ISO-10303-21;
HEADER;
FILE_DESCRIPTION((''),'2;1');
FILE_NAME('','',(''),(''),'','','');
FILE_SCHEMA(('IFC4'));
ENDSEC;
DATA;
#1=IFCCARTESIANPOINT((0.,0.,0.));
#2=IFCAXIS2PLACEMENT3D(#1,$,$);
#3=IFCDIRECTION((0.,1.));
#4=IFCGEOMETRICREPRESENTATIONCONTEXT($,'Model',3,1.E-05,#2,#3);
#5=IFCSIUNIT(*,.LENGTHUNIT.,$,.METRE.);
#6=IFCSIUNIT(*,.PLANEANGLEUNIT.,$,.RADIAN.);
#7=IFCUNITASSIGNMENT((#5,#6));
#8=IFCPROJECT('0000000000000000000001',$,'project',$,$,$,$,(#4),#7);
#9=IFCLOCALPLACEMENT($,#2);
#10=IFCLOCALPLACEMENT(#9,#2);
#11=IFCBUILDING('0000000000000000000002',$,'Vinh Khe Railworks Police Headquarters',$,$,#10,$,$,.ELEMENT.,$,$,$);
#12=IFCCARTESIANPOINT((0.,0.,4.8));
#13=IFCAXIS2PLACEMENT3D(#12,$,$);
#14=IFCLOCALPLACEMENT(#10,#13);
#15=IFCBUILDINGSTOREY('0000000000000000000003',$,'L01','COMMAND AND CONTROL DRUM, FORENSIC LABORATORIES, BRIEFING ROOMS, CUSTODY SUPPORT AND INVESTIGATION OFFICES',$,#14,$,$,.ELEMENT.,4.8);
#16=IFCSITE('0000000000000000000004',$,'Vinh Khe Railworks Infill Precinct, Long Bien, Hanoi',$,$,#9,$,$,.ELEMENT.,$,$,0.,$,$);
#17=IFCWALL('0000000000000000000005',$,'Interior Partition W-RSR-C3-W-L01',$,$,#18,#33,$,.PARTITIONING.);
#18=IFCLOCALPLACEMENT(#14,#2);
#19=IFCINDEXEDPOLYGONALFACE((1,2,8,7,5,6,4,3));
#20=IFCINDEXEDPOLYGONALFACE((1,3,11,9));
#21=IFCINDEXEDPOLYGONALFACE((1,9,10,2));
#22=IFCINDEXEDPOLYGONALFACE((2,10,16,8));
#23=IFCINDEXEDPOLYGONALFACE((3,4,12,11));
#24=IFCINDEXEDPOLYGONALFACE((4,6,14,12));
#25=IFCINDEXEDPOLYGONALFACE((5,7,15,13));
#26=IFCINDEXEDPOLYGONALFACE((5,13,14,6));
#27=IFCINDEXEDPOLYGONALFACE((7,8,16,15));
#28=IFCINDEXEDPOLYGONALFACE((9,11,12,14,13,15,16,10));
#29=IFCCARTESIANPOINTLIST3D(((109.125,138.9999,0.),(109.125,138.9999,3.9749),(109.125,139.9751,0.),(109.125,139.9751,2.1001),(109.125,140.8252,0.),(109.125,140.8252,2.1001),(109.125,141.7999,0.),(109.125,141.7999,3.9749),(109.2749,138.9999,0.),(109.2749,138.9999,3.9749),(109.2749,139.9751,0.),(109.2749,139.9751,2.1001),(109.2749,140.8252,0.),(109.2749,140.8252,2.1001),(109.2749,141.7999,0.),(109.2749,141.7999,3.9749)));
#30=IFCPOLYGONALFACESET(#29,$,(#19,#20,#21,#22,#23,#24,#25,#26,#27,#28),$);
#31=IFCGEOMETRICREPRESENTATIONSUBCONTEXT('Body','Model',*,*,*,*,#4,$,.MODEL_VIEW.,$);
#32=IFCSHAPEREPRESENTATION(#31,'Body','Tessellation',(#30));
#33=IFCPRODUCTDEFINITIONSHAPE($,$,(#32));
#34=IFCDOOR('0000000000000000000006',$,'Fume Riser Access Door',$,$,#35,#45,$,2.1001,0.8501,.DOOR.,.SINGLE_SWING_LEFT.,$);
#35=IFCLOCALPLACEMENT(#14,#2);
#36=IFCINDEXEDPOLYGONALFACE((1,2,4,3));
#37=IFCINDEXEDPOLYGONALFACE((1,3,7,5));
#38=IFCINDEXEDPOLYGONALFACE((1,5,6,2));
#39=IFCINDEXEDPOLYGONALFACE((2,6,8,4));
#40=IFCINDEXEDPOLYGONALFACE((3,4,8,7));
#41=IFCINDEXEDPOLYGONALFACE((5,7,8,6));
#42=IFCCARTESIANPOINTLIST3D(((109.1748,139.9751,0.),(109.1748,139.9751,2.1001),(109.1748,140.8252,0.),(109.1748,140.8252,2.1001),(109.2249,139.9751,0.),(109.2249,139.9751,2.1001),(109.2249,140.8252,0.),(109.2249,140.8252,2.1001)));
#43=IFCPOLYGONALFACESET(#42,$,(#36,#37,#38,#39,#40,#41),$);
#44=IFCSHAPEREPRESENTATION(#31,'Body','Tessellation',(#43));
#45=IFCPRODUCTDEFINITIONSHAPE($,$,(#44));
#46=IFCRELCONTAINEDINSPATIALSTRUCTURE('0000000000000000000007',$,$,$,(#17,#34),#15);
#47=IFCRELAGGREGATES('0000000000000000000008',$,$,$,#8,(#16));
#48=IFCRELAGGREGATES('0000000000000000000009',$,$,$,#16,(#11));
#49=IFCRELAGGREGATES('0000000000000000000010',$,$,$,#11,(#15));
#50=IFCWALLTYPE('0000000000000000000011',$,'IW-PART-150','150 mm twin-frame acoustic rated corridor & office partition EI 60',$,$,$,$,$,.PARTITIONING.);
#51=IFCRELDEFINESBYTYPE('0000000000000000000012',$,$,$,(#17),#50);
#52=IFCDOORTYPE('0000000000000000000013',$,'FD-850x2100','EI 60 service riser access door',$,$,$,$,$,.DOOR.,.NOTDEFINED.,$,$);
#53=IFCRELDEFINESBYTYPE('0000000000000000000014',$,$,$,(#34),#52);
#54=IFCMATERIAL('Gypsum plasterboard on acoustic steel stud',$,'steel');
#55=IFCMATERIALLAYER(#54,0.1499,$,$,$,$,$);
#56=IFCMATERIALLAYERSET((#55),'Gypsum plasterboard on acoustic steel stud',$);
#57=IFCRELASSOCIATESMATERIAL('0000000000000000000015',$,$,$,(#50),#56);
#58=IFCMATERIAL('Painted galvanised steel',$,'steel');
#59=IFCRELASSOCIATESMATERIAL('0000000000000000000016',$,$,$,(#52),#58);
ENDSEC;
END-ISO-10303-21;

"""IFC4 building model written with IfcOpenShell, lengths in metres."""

from ifc_helpers import new_model, si_unit, direction, frame, frame_2d, origin, place, context, subcontext, project, spatial, rectangle, extrude, material, layer, layer_set, type_object, element, fill, save


model = new_model("IFC4")

# Units and contexts
model_context = context("Model", 3, precision=1e-05, world=origin(), true_north=direction((0.0, 1.0)))
body_context = subcontext(model_context, "Body", "Model", "MODEL_VIEW")
ifc_project = project(units=[si_unit("LENGTHUNIT", "METRE"), si_unit("PLANEANGLEUNIT", "RADIAN")], contexts=[model_context])

# Site, building, storey
site_placement = place(None, origin())
site = spatial("IfcSite", under=ifc_project, at=site_placement, Name="Vinh Khe Railworks Infill Precinct, Long Bien, Hanoi", CompositionType="ELEMENT", RefElevation=0.0)
building_placement = place(site_placement, origin())
building = spatial("IfcBuilding", under=site, at=building_placement, Name="Vinh Khe Railworks Police Headquarters", CompositionType="ELEMENT")
storey_placement = place(building_placement, frame((0.0, 0.0, 4.8)))
storey = spatial("IfcBuildingStorey", under=building, at=storey_placement, Name="L01", Description="COMMAND AND CONTROL DRUM, FORENSIC LABORATORIES, BRIEFING ROOMS, CUSTODY SUPPORT AND INVESTIGATION OFFICES", CompositionType="ELEMENT", Elevation=4.8)

# Shared definitions
ifc_material_1 = material(Name="Painted galvanised steel", Category="steel")

# Shared definitions
ifc_material_2 = material(Name="Gypsum plasterboard on acoustic steel stud", Category="steel")
ifc_layer_1 = layer(ifc_material_2, 0.1499)
ifc_layer_set_1 = layer_set([ifc_layer_1], Name="Gypsum plasterboard on acoustic steel stud")
wall_type_1 = type_object("IfcWallType", Name="IW-PART-150", Description="150 mm twin-frame acoustic rated corridor & office partition EI 60", PredefinedType="PARTITIONING", material=ifc_layer_set_1)

# Wall, opening, door
wall_1_placement = place(storey_placement, frame((109.2, 139.0, 0.0), z_axis=(0.0, 0.0, 1.0), x_axis=(0.0, 1.0, 0.0)))
wall_1 = element("IfcWall", 1, at=wall_1_placement, inside=storey, type_object=wall_type_1, Name="Interior Partition W-RSR-C3-W-L01", PredefinedType="PARTITIONING", context=body_context, shape_type="SweptSolid", body=[
    extrude(rectangle(XDim=2.8, YDim=0.1499, at=frame_2d((1.3999, 0.0))), origin(), (0.0, 0.0, 1.0), 3.9749),
])
opening_1_placement = place(wall_1_placement, frame((0.9751, 0.0, 0.0)))
opening_1 = element("IfcOpeningElement", 2, at=opening_1_placement, cuts=wall_1, PredefinedType="OPENING", context=body_context, shape_type="SweptSolid", body=[
    extrude(rectangle(XDim=0.8501, YDim=2.1001, at=frame_2d((0.425, 1.05))), frame((0.0, 0.0898, 0.0), z_axis=(0.0, -1.0, 0.0), x_axis=(1.0, 0.0, 0.0)), (0.0, 0.0, 1.0), 0.1797),
])
door_type_1 = type_object("IfcDoorType", Name="FD-850x2100", Description="EI 60 service riser access door", OperationType="NOTDEFINED", PredefinedType="DOOR", material=ifc_material_1)
door_1_placement = place(opening_1_placement, frame((0.8501, 0.0, 0.0), z_axis=(0.0, 0.0, 1.0), x_axis=(-1.0, 0.0, 0.0)))
door_1 = element("IfcDoor", 3, at=door_1_placement, inside=storey, type_object=door_type_1, Name="Fume Riser Access Door", OperationType="SINGLE_SWING_LEFT", OverallHeight=2.1001, OverallWidth=0.8501, PredefinedType="DOOR", context=body_context, shape_type="SweptSolid", body=[
    extrude(rectangle(XDim=0.8501, YDim=2.1001, at=frame_2d((0.425, 1.05))), frame((0.0, 0.0249, 0.0), z_axis=(0.0, -1.0, 0.0), x_axis=(1.0, 0.0, 0.0)), (0.0, 0.0, 1.0), 0.05),
])
fill(opening_1, door_1)

save(model, "model.ifc")
